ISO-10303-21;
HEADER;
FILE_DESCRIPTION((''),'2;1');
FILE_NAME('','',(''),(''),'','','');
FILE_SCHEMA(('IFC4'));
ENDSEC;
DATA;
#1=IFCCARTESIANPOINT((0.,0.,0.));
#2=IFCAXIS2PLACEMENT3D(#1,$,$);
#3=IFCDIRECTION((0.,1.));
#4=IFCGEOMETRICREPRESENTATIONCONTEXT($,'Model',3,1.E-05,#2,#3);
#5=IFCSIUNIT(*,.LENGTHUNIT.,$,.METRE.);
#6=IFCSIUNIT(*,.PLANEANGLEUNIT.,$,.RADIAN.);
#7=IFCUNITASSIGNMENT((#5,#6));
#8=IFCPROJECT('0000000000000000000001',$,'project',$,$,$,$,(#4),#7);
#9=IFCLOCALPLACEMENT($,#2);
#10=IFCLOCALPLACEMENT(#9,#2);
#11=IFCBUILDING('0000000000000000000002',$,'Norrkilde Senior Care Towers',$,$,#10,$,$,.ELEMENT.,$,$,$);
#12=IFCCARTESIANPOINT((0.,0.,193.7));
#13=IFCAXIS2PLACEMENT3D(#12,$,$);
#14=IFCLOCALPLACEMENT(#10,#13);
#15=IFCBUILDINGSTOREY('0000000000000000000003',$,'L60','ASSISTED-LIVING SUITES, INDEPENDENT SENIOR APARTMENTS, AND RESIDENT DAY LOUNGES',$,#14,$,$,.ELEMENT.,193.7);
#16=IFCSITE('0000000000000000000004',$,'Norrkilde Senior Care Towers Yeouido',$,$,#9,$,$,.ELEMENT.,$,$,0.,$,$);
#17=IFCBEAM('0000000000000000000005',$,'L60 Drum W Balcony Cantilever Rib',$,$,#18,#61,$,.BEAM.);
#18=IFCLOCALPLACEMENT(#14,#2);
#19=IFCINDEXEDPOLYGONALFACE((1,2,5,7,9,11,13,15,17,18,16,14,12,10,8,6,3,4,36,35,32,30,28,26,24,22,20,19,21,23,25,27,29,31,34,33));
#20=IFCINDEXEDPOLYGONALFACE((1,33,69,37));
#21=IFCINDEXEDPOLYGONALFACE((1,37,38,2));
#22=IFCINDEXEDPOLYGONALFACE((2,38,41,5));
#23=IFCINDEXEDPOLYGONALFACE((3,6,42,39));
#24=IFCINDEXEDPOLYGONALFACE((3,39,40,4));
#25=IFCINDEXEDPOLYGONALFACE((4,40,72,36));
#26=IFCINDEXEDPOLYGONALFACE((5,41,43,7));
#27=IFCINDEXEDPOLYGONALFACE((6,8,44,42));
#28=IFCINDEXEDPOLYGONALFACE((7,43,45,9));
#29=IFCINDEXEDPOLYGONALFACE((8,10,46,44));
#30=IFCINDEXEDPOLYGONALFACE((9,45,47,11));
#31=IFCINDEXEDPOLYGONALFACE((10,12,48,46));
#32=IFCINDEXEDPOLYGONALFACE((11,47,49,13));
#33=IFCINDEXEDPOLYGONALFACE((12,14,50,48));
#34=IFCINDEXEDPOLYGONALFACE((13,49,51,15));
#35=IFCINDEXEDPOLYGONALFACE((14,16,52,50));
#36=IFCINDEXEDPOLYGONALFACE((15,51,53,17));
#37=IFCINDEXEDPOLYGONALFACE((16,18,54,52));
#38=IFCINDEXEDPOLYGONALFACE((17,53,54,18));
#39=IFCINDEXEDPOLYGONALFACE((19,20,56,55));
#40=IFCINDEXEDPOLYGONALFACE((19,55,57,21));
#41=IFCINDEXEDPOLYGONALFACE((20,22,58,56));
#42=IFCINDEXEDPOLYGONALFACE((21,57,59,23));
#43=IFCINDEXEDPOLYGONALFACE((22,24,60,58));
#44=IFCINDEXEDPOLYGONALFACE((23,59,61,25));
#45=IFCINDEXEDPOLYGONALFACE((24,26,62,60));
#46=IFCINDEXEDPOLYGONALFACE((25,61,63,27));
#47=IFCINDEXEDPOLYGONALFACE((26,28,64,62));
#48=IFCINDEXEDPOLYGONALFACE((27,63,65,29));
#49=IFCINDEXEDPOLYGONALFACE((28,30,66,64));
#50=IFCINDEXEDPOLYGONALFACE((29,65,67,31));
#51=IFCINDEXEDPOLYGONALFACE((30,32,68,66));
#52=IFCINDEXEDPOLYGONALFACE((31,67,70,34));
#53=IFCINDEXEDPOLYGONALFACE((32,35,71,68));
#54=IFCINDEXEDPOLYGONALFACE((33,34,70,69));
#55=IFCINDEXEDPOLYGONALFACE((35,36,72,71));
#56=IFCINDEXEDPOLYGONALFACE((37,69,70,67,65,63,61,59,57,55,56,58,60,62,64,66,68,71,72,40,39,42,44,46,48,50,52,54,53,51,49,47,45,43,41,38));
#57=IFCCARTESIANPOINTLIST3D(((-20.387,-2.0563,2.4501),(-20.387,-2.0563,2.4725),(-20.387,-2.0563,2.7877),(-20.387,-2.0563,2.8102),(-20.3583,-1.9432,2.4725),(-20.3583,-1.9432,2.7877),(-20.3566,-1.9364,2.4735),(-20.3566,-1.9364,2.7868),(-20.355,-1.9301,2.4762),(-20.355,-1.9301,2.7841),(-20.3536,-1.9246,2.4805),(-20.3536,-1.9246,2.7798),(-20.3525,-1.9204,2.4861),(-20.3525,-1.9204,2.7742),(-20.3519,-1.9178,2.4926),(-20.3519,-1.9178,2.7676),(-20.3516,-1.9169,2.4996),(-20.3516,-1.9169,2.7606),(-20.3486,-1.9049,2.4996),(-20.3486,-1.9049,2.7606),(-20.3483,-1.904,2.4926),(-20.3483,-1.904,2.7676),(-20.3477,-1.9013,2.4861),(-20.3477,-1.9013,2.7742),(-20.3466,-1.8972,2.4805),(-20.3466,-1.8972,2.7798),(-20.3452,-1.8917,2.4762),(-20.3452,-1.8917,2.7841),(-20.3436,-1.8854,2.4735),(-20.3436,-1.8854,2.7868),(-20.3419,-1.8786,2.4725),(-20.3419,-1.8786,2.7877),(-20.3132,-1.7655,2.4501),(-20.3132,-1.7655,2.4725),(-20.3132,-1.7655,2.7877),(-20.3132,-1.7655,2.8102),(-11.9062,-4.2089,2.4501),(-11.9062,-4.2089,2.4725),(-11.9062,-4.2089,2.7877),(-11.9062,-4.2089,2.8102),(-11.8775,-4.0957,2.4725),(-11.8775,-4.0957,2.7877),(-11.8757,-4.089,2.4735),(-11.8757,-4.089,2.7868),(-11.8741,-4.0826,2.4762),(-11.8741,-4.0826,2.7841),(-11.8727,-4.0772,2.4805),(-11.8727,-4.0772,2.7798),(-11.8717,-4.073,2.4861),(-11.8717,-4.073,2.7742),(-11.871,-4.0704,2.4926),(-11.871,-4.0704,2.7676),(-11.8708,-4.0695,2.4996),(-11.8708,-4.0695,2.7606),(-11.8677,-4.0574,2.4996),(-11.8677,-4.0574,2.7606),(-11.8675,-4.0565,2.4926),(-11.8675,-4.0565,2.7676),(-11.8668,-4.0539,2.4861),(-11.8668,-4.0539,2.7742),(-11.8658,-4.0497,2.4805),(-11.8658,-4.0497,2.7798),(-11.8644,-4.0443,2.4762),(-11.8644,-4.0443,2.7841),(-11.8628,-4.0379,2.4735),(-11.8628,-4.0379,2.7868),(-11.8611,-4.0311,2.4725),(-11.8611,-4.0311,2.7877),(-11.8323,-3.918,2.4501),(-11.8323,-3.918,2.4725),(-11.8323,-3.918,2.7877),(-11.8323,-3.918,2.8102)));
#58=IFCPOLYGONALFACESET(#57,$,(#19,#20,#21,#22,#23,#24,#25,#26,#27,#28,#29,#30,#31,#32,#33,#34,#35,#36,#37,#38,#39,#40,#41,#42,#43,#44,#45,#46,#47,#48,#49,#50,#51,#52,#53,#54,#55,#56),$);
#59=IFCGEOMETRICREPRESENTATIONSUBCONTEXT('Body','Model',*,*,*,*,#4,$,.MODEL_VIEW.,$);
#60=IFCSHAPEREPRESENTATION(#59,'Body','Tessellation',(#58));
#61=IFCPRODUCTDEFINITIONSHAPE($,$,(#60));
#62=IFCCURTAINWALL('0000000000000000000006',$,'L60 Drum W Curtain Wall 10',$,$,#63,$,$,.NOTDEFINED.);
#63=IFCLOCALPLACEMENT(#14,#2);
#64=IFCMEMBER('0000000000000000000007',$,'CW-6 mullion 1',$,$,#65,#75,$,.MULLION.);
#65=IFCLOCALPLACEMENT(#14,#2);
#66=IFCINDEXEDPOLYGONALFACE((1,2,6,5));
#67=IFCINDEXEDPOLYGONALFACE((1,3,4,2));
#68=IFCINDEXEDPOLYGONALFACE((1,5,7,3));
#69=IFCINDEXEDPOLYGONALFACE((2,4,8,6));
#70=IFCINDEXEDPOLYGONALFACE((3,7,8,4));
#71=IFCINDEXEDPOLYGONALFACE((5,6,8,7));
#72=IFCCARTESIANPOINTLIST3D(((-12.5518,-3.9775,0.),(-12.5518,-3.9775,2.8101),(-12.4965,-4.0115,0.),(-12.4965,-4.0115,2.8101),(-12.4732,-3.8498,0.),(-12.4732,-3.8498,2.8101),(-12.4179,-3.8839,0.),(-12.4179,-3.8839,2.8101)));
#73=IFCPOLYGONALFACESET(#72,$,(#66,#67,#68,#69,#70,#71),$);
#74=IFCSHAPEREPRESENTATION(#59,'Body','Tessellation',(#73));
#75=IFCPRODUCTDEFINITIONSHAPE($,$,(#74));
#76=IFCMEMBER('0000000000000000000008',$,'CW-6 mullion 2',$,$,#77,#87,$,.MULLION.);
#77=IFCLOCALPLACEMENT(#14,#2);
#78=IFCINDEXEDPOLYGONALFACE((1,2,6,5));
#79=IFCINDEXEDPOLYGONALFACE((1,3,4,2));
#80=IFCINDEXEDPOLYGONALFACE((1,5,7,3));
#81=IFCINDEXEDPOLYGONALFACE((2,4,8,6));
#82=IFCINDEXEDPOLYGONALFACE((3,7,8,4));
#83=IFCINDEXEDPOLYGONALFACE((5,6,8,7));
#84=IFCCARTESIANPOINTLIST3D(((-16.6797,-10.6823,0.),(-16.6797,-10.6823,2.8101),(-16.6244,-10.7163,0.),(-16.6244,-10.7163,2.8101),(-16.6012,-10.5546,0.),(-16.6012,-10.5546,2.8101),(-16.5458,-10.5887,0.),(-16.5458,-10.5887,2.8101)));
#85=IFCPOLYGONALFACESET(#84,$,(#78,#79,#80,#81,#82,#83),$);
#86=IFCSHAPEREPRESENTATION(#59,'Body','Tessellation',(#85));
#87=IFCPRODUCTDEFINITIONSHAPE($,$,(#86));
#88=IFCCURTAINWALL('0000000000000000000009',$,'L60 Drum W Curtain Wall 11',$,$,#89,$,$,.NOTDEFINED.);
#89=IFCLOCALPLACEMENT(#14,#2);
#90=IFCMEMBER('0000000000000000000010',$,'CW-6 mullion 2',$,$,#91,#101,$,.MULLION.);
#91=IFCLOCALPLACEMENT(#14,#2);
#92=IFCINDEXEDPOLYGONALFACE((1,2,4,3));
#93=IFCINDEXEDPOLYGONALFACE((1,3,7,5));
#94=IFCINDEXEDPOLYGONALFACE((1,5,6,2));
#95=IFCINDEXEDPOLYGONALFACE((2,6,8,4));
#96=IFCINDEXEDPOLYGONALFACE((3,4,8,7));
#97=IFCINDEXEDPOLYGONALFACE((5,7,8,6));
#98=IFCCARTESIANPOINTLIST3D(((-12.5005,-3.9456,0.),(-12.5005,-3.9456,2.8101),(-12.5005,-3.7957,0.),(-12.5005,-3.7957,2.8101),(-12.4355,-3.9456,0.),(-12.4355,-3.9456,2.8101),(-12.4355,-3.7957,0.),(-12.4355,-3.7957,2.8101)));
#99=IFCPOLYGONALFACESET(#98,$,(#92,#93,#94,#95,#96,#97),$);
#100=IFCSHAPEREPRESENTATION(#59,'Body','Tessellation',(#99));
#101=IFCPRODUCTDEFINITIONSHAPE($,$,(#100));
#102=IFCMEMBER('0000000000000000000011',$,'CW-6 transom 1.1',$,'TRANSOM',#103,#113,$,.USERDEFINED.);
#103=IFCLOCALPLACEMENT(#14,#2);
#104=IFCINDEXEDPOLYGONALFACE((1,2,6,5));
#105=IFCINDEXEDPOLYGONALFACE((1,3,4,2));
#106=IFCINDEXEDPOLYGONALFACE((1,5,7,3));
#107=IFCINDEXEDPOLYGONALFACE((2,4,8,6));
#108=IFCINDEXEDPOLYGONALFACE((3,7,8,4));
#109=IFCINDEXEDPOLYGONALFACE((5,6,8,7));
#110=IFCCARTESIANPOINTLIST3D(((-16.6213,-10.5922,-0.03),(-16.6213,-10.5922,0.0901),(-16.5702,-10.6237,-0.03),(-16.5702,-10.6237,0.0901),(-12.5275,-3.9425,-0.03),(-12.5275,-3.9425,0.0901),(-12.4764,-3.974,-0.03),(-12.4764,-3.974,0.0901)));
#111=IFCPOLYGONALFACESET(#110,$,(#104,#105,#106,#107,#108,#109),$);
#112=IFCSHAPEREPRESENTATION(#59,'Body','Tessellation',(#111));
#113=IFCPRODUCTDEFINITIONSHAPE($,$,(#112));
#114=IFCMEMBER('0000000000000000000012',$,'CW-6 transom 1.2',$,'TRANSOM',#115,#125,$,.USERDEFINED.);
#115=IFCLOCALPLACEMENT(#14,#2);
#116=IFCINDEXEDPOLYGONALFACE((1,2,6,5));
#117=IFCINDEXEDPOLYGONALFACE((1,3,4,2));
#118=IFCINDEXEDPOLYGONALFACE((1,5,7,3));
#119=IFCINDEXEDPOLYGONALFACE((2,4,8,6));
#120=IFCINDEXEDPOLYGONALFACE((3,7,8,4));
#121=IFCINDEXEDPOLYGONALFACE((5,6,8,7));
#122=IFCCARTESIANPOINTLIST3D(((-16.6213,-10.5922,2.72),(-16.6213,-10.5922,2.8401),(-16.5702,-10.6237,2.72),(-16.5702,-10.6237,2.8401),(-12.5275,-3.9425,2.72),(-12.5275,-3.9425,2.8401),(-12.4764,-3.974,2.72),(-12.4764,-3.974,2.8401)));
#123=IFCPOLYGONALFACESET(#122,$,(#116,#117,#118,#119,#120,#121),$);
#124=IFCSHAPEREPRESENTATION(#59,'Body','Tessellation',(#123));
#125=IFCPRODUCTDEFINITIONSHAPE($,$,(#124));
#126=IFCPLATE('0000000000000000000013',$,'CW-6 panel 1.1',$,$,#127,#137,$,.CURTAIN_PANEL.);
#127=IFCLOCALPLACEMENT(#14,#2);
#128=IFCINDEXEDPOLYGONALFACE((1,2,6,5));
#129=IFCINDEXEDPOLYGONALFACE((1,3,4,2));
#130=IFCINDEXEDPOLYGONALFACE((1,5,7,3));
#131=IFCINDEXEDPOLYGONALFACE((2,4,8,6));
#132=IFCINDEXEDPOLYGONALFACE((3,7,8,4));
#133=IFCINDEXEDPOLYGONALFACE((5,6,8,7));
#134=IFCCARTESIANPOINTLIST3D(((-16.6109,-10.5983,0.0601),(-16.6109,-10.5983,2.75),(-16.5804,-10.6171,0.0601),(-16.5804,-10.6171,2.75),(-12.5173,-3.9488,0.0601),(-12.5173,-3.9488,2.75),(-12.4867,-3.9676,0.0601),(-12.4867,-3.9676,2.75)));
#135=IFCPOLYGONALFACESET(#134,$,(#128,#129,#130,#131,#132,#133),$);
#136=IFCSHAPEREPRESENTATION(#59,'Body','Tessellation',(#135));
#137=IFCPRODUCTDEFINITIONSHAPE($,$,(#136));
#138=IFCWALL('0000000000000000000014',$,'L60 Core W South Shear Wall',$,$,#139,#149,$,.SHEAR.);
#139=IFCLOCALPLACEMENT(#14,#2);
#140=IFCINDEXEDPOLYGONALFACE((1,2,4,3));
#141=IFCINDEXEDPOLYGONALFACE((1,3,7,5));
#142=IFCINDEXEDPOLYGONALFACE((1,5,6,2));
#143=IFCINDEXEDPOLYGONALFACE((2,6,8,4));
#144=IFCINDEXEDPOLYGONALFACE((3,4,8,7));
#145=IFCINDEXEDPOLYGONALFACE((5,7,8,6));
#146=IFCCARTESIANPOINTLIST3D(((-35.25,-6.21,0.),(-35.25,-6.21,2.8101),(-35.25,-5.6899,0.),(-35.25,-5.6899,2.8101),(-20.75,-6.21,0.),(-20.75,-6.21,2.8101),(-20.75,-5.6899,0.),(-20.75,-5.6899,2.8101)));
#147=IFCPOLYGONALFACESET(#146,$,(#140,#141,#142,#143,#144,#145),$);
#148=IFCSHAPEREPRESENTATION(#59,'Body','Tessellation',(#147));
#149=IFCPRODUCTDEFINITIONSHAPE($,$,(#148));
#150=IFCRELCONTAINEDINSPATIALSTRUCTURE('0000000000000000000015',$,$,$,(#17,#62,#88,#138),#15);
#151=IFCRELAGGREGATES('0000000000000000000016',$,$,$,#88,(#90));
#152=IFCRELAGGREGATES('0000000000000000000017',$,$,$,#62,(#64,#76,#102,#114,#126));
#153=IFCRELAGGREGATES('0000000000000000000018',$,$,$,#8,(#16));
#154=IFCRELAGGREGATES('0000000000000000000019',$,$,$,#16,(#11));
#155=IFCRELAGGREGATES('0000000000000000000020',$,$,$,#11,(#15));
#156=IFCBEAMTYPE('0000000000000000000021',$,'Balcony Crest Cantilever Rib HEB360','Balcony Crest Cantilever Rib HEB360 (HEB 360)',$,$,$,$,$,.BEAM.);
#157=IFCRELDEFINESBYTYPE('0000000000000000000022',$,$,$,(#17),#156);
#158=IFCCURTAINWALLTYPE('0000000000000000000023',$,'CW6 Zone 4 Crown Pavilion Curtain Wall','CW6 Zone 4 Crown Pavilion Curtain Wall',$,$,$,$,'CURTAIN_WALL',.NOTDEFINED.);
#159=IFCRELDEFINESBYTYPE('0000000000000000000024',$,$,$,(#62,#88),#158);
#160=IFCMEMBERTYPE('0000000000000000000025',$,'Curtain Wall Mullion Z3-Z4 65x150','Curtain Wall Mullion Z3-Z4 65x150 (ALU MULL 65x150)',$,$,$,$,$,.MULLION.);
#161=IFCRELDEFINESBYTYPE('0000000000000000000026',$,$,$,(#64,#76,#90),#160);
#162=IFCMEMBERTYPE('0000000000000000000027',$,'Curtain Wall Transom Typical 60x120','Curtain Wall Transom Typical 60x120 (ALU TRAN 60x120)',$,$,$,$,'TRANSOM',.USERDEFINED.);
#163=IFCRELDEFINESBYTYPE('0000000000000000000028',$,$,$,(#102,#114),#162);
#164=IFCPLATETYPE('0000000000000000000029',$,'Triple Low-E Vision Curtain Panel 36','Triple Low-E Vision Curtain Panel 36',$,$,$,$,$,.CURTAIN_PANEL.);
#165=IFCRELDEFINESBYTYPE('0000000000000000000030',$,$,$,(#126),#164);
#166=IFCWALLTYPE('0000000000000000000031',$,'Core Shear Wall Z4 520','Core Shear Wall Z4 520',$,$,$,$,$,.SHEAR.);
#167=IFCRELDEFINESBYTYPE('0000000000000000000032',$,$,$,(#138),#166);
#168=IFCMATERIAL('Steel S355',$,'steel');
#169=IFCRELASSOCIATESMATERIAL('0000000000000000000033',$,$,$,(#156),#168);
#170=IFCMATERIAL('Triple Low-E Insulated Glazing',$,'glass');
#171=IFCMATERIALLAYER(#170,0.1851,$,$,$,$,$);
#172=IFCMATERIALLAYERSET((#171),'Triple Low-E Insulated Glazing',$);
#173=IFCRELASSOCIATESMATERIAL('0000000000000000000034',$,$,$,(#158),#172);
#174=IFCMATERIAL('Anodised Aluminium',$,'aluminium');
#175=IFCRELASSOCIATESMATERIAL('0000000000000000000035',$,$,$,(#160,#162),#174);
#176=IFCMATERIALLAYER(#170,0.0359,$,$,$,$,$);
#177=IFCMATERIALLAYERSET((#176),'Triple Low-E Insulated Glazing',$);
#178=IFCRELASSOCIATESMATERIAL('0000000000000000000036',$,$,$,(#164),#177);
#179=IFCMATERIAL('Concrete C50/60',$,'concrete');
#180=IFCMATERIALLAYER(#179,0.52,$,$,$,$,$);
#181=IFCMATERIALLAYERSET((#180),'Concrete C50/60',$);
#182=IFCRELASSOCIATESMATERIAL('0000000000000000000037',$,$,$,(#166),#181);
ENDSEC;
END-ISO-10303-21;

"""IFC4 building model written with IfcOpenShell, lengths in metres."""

from ifc_helpers import new_model, si_unit, direction, frame, frame_2d, origin, origin_2d, place, context, subcontext, project, spatial, rectangle, i_section, extrude, source, transform, mapped, material, layer, layer_set, material_profile, profile_set, type_object, type_shapes, element, aggregate, save


model = new_model("IFC4")

# Units and contexts
model_context = context("Model", 3, precision=1e-05, world=origin(), true_north=direction((0.0, 1.0)))
body_context = subcontext(model_context, "Body", "Model", "MODEL_VIEW")
ifc_project = project(units=[si_unit("LENGTHUNIT", "METRE"), si_unit("PLANEANGLEUNIT", "RADIAN")], contexts=[model_context])

# Site, building, storey
site_placement = place(None, origin())
site = spatial("IfcSite", under=ifc_project, at=site_placement, Name="Norrkilde Senior Care Towers Yeouido", CompositionType="ELEMENT", RefElevation=0.0)
building_placement = place(site_placement, origin())
building = spatial("IfcBuilding", under=site, at=building_placement, Name="Norrkilde Senior Care Towers", CompositionType="ELEMENT")
storey_placement = place(building_placement, frame((0.0, 0.0, 193.7)))
storey = spatial("IfcBuildingStorey", under=building, at=storey_placement, Name="L60", Description="ASSISTED-LIVING SUITES, INDEPENDENT SENIOR APARTMENTS, AND RESIDENT DAY LOUNGES", CompositionType="ELEMENT", Elevation=193.7)

# Shared definitions
ifc_material_1 = material(Name="Concrete C50/60", Category="concrete")

# Beam
ifc_material_2 = material(Name="Steel S355", Category="steel")
ifc_material_profile_1 = material_profile(ifc_material_2, i_section(OverallWidth=0.3, OverallDepth=0.3601, WebThickness=0.0125, FlangeThickness=0.0225, FilletRadius=0.0271, at=origin_2d()), Name="HEB 360")
ifc_profile_set_1 = profile_set([ifc_material_profile_1], Name="Steel S355")
beam_type_1 = type_object("IfcBeamType", Name="Balcony Crest Cantilever Rib HEB360", Description="Balcony Crest Cantilever Rib HEB360 (HEB 360)", PredefinedType="BEAM", material=ifc_profile_set_1)
shared_shape_1 = source(origin(), body_context, "Body", "SweptSolid", [
    extrude(i_section(OverallWidth=0.3, OverallDepth=0.3601, WebThickness=0.0125, FlangeThickness=0.0225, FilletRadius=0.0271, at=origin_2d()), origin(), (0.0, 0.0, 1.0), 8.7498),
])
type_shapes(beam_type_1, [shared_shape_1])
beam_1_placement = place(storey_placement, frame((-20.3501, -1.9109, 2.6301), z_axis=(0.969266, -0.246014, 0.0), x_axis=(0.246014, 0.969266, 0.0)))
element("IfcBeam", 1, at=beam_1_placement, inside=storey, type_object=beam_type_1, Name="L60 Drum W Balcony Cantilever Rib", PredefinedType="BEAM", context=body_context, shape_type="MappedRepresentation", body=[
    mapped(shared_shape_1, transform((0.0, 0.0, 0.0), x_axis=(1.0, 0.0, 0.0), y_axis=(0.0, 1.0, 0.0), z_axis=(0.0, 0.0, 1.0), scale=1.0)),
])

# Curtain wall, members
ifc_material_3 = material(Name="Triple Low-E Insulated Glazing", Category="glass")
ifc_layer_1 = layer(ifc_material_3, 0.1851)
ifc_layer_set_1 = layer_set([ifc_layer_1], Name="Triple Low-E Insulated Glazing")
curtain_wall_type = type_object("IfcCurtainWallType", Name="CW6 Zone 4 Crown Pavilion Curtain Wall", Description="CW6 Zone 4 Crown Pavilion Curtain Wall", ElementType="CURTAIN_WALL", PredefinedType="NOTDEFINED", material=ifc_layer_set_1)
curtain_wall_1_placement = place(storey_placement, origin())
curtain_wall_1 = element("IfcCurtainWall", 2, at=curtain_wall_1_placement, inside=storey, type_object=curtain_wall_type, Name="L60 Drum W Curtain Wall 10", PredefinedType="NOTDEFINED")
ifc_material_4 = material(Name="Anodised Aluminium", Category="aluminium")
ifc_material_profile_2 = material_profile(ifc_material_4, rectangle(XDim=0.0649, YDim=0.1499, at=origin_2d()), Name="ALU MULL 65x150")
ifc_profile_set_2 = profile_set([ifc_material_profile_2], Name="Anodised Aluminium")
member_type_1 = type_object("IfcMemberType", Name="Curtain Wall Mullion Z3-Z4 65x150", Description="Curtain Wall Mullion Z3-Z4 65x150 (ALU MULL 65x150)", PredefinedType="MULLION", material=ifc_profile_set_2)
shared_shape_2 = source(origin(), body_context, "Body", "SweptSolid", [
    extrude(rectangle(XDim=0.0649, YDim=0.1499, at=origin_2d()), origin(), (0.0, 0.0, 1.0), 2.8101),
])
type_shapes(member_type_1, [shared_shape_2])
member_1_placement = place(storey_placement, frame((-12.4849, -3.9307, 0.0), z_axis=(0.0, 0.0, 1.0), x_axis=(0.851563, -0.524253, 0.0)))
member_1 = element("IfcMember", 3, at=member_1_placement, type_object=member_type_1, Name="CW-6 mullion 1", PredefinedType="MULLION", context=body_context, shape_type="MappedRepresentation", body=[
    mapped(shared_shape_2, transform((0.0, 0.0, 0.0), x_axis=(1.0, 0.0, 0.0), y_axis=(0.0, 1.0, 0.0), z_axis=(0.0, 0.0, 1.0), scale=1.0)),
])
member_2_placement = place(storey_placement, frame((-16.6128, -10.6355, 0.0), z_axis=(0.0, 0.0, 1.0), x_axis=(0.851563, -0.524253, 0.0)))
member_2 = element("IfcMember", 4, at=member_2_placement, type_object=member_type_1, Name="CW-6 mullion 2", PredefinedType="MULLION", context=body_context, shape_type="MappedRepresentation", body=[
    mapped(shared_shape_2, transform((0.0, 0.0, 0.0), x_axis=(1.0, 0.0, 0.0), y_axis=(0.0, 1.0, 0.0), z_axis=(0.0, 0.0, 1.0), scale=1.0)),
])

# Curtain wall, member
curtain_wall_2_placement = place(storey_placement, origin())
curtain_wall_2 = element("IfcCurtainWall", 5, at=curtain_wall_2_placement, inside=storey, type_object=curtain_wall_type, Name="L60 Drum W Curtain Wall 11", PredefinedType="NOTDEFINED")
member_3_placement = place(storey_placement, frame((-12.468, -3.8706, 0.0), z_axis=(0.0, 0.0, 1.0), x_axis=(1.0, 0.0, 0.0)))
member_3 = element("IfcMember", 6, at=member_3_placement, type_object=member_type_1, Name="CW-6 mullion 2", PredefinedType="MULLION", context=body_context, shape_type="MappedRepresentation", body=[
    mapped(shared_shape_2, transform((0.0, 0.0, 0.0), x_axis=(1.0, 0.0, 0.0), y_axis=(0.0, 1.0, 0.0), z_axis=(0.0, 0.0, 1.0), scale=1.0)),
])
aggregate(curtain_wall_2, [member_3])

# Members
ifc_material_profile_3 = material_profile(ifc_material_4, rectangle(XDim=0.0601, YDim=0.1201, at=origin_2d()), Name="ALU TRAN 60x120")
ifc_profile_set_3 = profile_set([ifc_material_profile_3], Name="Anodised Aluminium")
member_type_2 = type_object("IfcMemberType", Name="Curtain Wall Transom Typical 60x120", Description="Curtain Wall Transom Typical 60x120 (ALU TRAN 60x120)", ElementType="TRANSOM", PredefinedType="USERDEFINED", material=ifc_profile_set_3)
shared_shape_3 = source(origin(), body_context, "Body", "SweptSolid", [
    extrude(rectangle(XDim=0.0601, YDim=0.1201, at=origin_2d()), origin(), (0.0, 0.0, 1.0), 7.8088),
])
type_shapes(member_type_2, [shared_shape_3])
member_4_placement = place(storey_placement, frame((-12.502, -3.9583, 0.03), z_axis=(-0.524251, -0.851564, 0.0), x_axis=(0.851564, -0.524251, 0.0)))
member_4 = element("IfcMember", 7, at=member_4_placement, type_object=member_type_2, Name="CW-6 transom 1.1", ObjectType="TRANSOM", PredefinedType="USERDEFINED", context=body_context, shape_type="MappedRepresentation", body=[
    mapped(shared_shape_3, transform((0.0, 0.0, 0.0), x_axis=(1.0, 0.0, 0.0), y_axis=(0.0, 1.0, 0.0), z_axis=(0.0, 0.0, 1.0), scale=1.0)),
])
member_5_placement = place(storey_placement, frame((-12.502, -3.9583, 2.78), z_axis=(-0.524251, -0.851564, 0.0), x_axis=(0.851564, -0.524251, 0.0)))
member_5 = element("IfcMember", 8, at=member_5_placement, type_object=member_type_2, Name="CW-6 transom 1.2", ObjectType="TRANSOM", PredefinedType="USERDEFINED", context=body_context, shape_type="MappedRepresentation", body=[
    mapped(shared_shape_3, transform((0.0, 0.0, 0.0), x_axis=(1.0, 0.0, 0.0), y_axis=(0.0, 1.0, 0.0), z_axis=(0.0, 0.0, 1.0), scale=1.0)),
])

# Plate
ifc_layer_2 = layer(ifc_material_3, 0.0359)
ifc_layer_set_2 = layer_set([ifc_layer_2], Name="Triple Low-E Insulated Glazing")
plate_type = type_object("IfcPlateType", Name="Triple Low-E Vision Curtain Panel 36", Description="Triple Low-E Vision Curtain Panel 36", PredefinedType="CURTAIN_PANEL", material=ifc_layer_set_2)
shared_shape_4 = source(origin(), body_context, "Body", "SweptSolid", [
    extrude(rectangle(XDim=7.8086, YDim=0.0359, at=origin_2d()), origin(), (0.0, 0.0, 1.0), 2.6899),
])
type_shapes(plate_type, [shared_shape_4])
plate_placement = place(storey_placement, frame((-14.5488, -7.283, 0.0601), z_axis=(0.0, 0.0, 1.0), x_axis=(-0.524253, -0.851563, 0.0)))
plate = element("IfcPlate", 9, at=plate_placement, type_object=plate_type, Name="CW-6 panel 1.1", PredefinedType="CURTAIN_PANEL", context=body_context, shape_type="MappedRepresentation", body=[
    mapped(shared_shape_4, transform((0.0, 0.0, 0.0), x_axis=(1.0, 0.0, 0.0), y_axis=(0.0, 1.0, 0.0), z_axis=(0.0, 0.0, 1.0), scale=1.0)),
])
aggregate(curtain_wall_1, [member_1, member_2, member_4, member_5, plate])

# Wall
ifc_layer_3 = layer(ifc_material_1, 0.52)
ifc_layer_set_3 = layer_set([ifc_layer_3], Name="Concrete C50/60")
wall_type_1 = type_object("IfcWallType", Name="Core Shear Wall Z4 520", Description="Core Shear Wall Z4 520", PredefinedType="SHEAR", material=ifc_layer_set_3)
shared_shape_5 = source(origin(), body_context, "Body", "SweptSolid", [
    extrude(rectangle(XDim=14.5, YDim=0.52, at=frame_2d((7.25, 0.0))), origin(), (0.0, 0.0, 1.0), 2.8101),
])
type_shapes(wall_type_1, [shared_shape_5])
wall_1_placement = place(storey_placement, frame((-20.75, -5.95, 0.0), z_axis=(0.0, 0.0, 1.0), x_axis=(-1.0, 0.0, 0.0)))
element("IfcWall", 10, at=wall_1_placement, inside=storey, type_object=wall_type_1, Name="L60 Core W South Shear Wall", PredefinedType="SHEAR", context=body_context, shape_type="MappedRepresentation", body=[
    mapped(shared_shape_5, transform((0.0, 0.0, 0.0), x_axis=(1.0, 0.0, 0.0), y_axis=(0.0, 1.0, 0.0), z_axis=(0.0, 0.0, 1.0), scale=1.0)),
])

save(model, "model.ifc")
